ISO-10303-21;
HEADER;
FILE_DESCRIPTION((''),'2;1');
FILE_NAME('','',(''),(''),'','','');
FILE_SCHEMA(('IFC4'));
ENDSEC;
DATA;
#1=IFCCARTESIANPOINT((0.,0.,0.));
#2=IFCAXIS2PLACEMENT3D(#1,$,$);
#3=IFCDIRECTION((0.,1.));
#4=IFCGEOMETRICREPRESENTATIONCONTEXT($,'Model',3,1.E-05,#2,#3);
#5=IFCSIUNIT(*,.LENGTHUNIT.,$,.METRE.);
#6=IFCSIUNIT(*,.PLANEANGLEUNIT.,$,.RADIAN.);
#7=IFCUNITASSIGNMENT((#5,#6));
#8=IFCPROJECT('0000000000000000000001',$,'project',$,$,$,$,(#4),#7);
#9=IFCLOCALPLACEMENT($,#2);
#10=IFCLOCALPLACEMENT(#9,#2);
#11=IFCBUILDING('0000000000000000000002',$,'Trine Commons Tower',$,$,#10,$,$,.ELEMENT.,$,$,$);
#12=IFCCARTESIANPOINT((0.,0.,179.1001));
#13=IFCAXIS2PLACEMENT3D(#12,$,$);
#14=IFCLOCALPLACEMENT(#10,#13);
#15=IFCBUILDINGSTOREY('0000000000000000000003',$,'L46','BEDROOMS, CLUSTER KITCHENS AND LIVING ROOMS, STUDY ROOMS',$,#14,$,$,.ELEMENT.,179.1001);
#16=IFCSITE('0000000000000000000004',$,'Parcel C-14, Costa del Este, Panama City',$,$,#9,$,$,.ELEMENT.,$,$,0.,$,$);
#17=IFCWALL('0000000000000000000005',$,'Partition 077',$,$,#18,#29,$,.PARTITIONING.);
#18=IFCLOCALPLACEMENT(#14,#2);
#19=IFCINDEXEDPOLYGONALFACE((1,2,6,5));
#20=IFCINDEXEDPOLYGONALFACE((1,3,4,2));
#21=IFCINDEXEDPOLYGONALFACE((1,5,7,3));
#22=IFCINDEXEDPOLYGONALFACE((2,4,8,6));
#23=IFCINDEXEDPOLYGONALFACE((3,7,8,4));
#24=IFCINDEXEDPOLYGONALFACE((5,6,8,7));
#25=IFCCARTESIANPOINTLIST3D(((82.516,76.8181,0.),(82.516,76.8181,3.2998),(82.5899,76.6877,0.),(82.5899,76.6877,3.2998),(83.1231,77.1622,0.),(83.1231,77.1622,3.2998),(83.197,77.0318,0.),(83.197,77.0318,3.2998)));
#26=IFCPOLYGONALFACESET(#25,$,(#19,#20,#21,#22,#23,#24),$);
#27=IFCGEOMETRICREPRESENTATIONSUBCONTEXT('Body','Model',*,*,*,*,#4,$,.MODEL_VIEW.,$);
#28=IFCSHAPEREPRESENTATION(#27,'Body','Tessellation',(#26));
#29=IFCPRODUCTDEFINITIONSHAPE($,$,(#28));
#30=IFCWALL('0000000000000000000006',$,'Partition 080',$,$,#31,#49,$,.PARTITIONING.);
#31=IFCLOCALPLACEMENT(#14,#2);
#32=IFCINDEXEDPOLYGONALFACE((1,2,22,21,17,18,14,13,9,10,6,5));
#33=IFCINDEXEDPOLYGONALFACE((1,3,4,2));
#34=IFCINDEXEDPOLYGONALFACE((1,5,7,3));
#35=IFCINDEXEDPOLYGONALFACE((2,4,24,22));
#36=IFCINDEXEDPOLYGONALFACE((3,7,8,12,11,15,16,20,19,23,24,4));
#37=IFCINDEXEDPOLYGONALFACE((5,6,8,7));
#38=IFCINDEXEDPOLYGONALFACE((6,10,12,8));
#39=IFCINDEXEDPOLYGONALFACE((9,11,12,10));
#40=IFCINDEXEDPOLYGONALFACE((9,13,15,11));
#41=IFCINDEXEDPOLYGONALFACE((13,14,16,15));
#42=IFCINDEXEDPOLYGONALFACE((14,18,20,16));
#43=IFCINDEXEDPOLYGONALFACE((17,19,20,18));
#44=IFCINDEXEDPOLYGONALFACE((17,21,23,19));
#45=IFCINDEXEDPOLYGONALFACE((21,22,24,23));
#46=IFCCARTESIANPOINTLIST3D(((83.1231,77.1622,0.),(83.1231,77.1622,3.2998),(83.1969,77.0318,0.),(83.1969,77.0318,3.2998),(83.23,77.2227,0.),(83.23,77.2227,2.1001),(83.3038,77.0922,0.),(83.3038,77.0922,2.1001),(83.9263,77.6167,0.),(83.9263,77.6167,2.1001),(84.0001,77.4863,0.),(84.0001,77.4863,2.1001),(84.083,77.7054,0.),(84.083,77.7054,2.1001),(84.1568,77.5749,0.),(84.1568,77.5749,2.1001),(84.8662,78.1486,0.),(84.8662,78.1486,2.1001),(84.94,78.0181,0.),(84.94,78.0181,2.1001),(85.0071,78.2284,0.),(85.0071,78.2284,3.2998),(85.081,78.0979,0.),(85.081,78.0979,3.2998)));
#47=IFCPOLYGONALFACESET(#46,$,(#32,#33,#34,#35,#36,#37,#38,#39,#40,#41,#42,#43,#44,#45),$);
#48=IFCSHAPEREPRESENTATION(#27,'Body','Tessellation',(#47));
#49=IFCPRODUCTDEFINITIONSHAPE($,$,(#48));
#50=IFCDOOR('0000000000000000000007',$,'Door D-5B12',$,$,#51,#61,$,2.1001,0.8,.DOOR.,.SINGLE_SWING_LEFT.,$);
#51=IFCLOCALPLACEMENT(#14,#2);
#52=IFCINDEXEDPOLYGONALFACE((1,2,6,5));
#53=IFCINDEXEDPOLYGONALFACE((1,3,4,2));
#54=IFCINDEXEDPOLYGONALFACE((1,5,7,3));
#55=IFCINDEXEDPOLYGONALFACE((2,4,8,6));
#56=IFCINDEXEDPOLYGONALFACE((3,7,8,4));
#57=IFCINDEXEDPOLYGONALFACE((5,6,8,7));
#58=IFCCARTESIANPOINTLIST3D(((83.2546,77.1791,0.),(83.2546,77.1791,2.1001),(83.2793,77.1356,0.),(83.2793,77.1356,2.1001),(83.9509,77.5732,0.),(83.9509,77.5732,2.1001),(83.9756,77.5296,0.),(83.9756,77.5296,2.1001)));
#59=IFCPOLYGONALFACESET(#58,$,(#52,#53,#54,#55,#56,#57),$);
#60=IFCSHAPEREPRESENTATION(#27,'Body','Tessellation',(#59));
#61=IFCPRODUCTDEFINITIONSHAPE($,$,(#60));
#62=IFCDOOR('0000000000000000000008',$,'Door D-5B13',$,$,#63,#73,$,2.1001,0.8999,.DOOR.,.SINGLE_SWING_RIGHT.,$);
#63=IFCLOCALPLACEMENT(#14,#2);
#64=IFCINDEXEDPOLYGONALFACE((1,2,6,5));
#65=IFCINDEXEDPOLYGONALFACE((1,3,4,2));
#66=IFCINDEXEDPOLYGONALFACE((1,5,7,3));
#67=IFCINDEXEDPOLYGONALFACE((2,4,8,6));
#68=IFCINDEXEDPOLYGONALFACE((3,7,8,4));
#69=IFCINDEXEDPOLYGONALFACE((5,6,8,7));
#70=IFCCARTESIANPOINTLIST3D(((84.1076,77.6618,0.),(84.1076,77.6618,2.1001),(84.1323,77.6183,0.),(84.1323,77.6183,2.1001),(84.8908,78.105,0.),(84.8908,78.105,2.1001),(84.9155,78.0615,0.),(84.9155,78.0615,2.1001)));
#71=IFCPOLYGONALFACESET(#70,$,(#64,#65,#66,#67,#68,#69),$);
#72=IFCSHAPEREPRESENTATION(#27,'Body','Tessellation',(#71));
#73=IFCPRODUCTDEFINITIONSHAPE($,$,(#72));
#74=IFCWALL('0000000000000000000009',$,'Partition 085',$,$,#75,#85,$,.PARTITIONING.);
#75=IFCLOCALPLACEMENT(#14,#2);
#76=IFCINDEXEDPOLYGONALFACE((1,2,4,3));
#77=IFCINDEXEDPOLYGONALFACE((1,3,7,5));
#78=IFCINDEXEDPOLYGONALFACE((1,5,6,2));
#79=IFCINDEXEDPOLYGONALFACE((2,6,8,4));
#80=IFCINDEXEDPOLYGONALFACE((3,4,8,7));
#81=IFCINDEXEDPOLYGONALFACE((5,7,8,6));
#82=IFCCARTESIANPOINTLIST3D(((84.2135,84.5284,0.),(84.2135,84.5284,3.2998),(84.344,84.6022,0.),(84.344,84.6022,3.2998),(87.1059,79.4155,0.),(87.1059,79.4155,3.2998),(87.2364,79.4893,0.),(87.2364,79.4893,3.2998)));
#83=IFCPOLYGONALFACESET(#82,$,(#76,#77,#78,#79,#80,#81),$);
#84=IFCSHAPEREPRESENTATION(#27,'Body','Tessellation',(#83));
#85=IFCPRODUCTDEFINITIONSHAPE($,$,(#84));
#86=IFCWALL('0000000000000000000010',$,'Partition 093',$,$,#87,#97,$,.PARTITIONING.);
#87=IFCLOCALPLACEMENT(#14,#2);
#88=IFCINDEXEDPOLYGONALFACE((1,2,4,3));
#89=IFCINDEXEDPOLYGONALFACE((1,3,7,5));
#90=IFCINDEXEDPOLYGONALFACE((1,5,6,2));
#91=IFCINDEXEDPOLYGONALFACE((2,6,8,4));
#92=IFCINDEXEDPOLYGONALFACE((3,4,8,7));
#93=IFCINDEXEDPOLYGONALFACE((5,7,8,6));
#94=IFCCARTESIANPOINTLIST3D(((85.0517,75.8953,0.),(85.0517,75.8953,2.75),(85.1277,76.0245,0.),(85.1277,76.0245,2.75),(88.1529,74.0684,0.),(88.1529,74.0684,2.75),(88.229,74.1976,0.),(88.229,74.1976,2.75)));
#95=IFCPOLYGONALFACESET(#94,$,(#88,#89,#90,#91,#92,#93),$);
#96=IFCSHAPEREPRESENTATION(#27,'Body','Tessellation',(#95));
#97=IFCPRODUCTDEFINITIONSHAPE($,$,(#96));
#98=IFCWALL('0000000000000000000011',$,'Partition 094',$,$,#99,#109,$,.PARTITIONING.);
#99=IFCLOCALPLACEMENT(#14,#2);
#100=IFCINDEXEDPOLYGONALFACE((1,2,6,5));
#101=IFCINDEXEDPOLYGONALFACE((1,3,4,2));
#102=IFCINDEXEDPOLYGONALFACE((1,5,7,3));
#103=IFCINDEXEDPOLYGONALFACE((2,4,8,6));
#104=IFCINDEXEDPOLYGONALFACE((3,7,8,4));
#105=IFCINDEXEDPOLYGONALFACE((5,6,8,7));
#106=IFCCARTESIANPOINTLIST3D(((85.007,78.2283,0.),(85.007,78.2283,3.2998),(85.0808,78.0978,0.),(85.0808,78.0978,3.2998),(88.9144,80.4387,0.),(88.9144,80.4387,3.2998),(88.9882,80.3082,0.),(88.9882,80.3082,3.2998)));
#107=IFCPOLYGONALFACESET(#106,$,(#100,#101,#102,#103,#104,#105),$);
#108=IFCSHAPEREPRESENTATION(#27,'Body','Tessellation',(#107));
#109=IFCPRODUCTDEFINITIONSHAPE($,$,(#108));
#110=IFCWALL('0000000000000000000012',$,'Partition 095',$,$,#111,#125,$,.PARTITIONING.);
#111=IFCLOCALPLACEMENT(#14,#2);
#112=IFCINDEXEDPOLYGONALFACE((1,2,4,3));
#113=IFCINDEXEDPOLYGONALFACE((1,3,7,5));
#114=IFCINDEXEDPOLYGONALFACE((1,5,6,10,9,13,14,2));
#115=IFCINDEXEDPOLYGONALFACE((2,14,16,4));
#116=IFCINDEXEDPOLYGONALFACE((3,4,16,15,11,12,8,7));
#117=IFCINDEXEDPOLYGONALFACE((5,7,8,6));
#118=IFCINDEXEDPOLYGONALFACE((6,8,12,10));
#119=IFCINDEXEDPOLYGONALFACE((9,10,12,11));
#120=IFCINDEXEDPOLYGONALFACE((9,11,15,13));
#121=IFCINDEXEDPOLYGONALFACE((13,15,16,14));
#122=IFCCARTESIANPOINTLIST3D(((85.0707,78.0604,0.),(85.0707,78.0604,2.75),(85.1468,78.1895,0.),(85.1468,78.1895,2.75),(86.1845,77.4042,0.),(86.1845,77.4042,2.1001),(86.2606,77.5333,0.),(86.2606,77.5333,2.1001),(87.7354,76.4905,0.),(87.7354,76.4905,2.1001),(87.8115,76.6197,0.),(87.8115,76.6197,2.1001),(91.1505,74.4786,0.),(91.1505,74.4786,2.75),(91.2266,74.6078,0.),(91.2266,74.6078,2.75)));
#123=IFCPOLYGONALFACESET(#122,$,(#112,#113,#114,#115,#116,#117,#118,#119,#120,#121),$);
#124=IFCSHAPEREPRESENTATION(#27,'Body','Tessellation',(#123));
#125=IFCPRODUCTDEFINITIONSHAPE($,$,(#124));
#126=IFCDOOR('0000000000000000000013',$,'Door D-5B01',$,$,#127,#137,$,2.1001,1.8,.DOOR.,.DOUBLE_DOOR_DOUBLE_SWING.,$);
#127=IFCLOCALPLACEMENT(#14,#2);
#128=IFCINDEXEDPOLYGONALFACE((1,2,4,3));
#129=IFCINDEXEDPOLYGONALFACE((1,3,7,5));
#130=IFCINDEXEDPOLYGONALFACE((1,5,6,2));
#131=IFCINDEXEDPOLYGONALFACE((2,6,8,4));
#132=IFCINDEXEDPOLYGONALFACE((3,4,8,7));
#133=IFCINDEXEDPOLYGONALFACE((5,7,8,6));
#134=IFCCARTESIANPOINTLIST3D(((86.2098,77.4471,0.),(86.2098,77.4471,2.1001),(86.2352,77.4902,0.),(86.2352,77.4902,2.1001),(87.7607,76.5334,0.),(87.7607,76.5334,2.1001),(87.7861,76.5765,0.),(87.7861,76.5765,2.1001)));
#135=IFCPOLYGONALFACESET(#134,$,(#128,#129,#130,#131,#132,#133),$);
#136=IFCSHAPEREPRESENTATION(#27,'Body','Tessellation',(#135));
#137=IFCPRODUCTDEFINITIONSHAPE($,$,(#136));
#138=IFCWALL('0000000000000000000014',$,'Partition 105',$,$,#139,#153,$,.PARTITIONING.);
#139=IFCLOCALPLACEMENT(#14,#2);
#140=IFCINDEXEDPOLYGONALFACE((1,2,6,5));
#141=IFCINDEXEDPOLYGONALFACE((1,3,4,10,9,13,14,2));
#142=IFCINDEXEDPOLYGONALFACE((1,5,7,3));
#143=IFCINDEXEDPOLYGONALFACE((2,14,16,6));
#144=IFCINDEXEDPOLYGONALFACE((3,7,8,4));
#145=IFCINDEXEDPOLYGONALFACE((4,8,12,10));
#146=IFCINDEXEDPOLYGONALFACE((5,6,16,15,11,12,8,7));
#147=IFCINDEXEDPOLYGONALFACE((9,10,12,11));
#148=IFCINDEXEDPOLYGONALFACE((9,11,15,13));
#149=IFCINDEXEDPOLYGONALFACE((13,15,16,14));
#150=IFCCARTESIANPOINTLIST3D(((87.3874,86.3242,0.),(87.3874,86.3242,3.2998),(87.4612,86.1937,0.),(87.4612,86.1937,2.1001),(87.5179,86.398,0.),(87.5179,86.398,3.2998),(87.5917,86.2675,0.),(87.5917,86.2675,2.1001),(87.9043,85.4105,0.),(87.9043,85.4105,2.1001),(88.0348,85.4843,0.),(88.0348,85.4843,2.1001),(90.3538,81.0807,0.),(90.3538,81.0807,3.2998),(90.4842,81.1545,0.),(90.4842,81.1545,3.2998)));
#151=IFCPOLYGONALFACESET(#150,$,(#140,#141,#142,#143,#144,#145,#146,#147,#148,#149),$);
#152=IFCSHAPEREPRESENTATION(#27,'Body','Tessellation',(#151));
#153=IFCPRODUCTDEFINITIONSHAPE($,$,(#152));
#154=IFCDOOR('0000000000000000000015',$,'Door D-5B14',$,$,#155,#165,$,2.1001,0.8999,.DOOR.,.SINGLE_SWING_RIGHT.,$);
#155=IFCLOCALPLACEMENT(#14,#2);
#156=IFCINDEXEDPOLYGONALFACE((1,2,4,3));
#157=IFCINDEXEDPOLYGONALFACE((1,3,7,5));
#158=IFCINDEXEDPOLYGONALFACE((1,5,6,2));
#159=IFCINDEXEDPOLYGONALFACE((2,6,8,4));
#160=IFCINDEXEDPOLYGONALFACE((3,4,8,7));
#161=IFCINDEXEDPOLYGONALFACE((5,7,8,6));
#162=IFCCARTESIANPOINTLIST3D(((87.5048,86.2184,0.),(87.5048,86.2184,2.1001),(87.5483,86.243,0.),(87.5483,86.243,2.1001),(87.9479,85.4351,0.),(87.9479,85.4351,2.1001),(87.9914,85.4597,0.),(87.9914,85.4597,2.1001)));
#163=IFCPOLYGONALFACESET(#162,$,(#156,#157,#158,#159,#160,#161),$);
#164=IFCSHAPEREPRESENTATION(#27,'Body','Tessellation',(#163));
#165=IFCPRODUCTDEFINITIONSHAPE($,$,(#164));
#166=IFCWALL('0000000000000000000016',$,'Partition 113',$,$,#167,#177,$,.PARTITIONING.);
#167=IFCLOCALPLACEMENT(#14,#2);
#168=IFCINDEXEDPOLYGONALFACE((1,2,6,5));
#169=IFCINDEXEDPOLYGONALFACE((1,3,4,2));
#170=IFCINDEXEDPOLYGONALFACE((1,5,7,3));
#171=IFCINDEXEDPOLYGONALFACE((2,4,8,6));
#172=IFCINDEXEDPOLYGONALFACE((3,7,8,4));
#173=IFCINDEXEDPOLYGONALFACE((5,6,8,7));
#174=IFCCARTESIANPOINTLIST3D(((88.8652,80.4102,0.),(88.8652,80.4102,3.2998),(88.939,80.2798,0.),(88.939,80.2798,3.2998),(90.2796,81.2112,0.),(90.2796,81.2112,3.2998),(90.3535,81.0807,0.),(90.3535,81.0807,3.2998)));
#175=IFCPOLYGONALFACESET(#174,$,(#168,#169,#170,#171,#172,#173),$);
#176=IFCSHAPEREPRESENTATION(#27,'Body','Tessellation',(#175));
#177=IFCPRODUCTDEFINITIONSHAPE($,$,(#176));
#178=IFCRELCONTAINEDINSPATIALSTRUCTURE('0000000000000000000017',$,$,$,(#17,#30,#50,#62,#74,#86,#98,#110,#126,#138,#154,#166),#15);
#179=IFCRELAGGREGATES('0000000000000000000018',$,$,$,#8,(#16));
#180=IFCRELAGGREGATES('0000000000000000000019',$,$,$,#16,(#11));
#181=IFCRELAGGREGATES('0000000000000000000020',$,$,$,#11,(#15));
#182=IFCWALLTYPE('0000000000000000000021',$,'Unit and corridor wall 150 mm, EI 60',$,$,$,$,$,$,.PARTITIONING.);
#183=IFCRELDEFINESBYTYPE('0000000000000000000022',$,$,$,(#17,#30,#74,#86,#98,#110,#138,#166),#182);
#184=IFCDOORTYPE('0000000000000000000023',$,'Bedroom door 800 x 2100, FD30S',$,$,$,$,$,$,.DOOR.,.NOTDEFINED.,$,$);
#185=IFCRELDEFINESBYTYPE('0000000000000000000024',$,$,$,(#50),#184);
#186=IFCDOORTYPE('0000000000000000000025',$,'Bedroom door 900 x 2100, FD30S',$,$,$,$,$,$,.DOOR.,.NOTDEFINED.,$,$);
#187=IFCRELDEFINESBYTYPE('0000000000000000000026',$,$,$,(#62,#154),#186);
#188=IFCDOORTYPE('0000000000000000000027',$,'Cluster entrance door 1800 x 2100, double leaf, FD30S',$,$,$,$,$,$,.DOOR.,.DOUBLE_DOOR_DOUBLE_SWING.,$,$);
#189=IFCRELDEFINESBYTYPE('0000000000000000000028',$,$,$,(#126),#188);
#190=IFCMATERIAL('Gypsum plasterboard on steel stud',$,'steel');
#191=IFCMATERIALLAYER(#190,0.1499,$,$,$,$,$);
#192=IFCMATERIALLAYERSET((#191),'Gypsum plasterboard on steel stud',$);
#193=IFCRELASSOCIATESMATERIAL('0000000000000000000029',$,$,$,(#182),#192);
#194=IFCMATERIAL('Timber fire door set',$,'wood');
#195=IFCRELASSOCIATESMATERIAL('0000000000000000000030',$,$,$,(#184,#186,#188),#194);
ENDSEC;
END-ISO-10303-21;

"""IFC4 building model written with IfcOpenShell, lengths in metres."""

from ifc_helpers import new_model, si_unit, direction, frame, frame_2d, origin, place, context, subcontext, project, spatial, rectangle, extrude, material, layer, layer_set, type_object, element, fill, save


model = new_model("IFC4")

# Units and contexts
model_context = context("Model", 3, precision=1e-05, world=origin(), true_north=direction((0.0, 1.0)))
body_context = subcontext(model_context, "Body", "Model", "MODEL_VIEW")
ifc_project = project(units=[si_unit("LENGTHUNIT", "METRE"), si_unit("PLANEANGLEUNIT", "RADIAN")], contexts=[model_context])

# Site, building, storey
site_placement = place(None, origin())
site = spatial("IfcSite", under=ifc_project, at=site_placement, Name="Parcel C-14, Costa del Este, Panama City", CompositionType="ELEMENT", RefElevation=0.0)
building_placement = place(site_placement, origin())
building = spatial("IfcBuilding", under=site, at=building_placement, Name="Trine Commons Tower", CompositionType="ELEMENT")
storey_placement = place(building_placement, frame((0.0, 0.0, 179.1001)))
storey = spatial("IfcBuildingStorey", under=building, at=storey_placement, Name="L46", Description="BEDROOMS, CLUSTER KITCHENS AND LIVING ROOMS, STUDY ROOMS", CompositionType="ELEMENT", Elevation=179.1001)

# Wall
ifc_material_1 = material(Name="Gypsum plasterboard on steel stud", Category="steel")
ifc_layer_1 = layer(ifc_material_1, 0.1499)
ifc_layer_set_1 = layer_set([ifc_layer_1], Name="Gypsum plasterboard on steel stud")
wall_type_1 = type_object("IfcWallType", Name="Unit and corridor wall 150 mm, EI 60", PredefinedType="PARTITIONING", material=ifc_layer_set_1)
wall_1_placement = place(storey_placement, frame((82.553, 76.7529, 0.0), z_axis=(0.0, 0.0, 1.0), x_axis=(0.869982, 0.493083, 0.0)))
element("IfcWall", 1, at=wall_1_placement, inside=storey, type_object=wall_type_1, Name="Partition 077", PredefinedType="PARTITIONING", context=body_context, shape_type="SweptSolid", body=[
    extrude(rectangle(XDim=0.6978, YDim=0.1499, at=frame_2d((0.3489, 0.0))), origin(), (0.0, 0.0, 1.0), 3.2998),
])

# Wall, openings, doors
wall_2_placement = place(storey_placement, frame((83.1599, 77.0969, 0.0), z_axis=(0.0, 0.0, 1.0), x_axis=(0.870311, 0.492503, 0.0)))
wall_2 = element("IfcWall", 2, at=wall_2_placement, inside=storey, type_object=wall_type_1, Name="Partition 080", PredefinedType="PARTITIONING", context=body_context, shape_type="SweptSolid", body=[
    extrude(rectangle(XDim=2.1648, YDim=0.1499, at=frame_2d((1.0825, 0.0))), origin(), (0.0, 0.0, 1.0), 3.2998),
])
opening_1_placement = place(wall_2_placement, frame((0.123, 0.0, 0.0)))
opening_1 = element("IfcOpeningElement", 3, at=opening_1_placement, cuts=wall_2, PredefinedType="OPENING", context=body_context, shape_type="SweptSolid", body=[
    extrude(rectangle(XDim=0.8, YDim=2.1001, at=frame_2d((0.3999, 1.05))), frame((0.0, 0.085, 0.0), z_axis=(0.0, -1.0, 0.0), x_axis=(1.0, 0.0, 0.0)), (0.0, 0.0, 1.0), 0.1699),
])
opening_2_placement = place(wall_2_placement, frame((1.103, 0.0, 0.0)))
opening_2 = element("IfcOpeningElement", 4, at=opening_2_placement, cuts=wall_2, PredefinedType="OPENING", context=body_context, shape_type="SweptSolid", body=[
    extrude(rectangle(XDim=0.8999, YDim=2.1001, at=frame_2d((0.45, 1.05))), frame((0.0, 0.085, 0.0), z_axis=(0.0, -1.0, 0.0), x_axis=(1.0, 0.0, 0.0)), (0.0, 0.0, 1.0), 0.1699),
])
ifc_material_2 = material(Name="Timber fire door set", Category="wood")
door_type_1 = type_object("IfcDoorType", Name="Bedroom door 800 x 2100, FD30S", OperationType="NOTDEFINED", PredefinedType="DOOR", material=ifc_material_2)
door_1_placement = place(opening_1_placement, origin())
door_1 = element("IfcDoor", 5, at=door_1_placement, inside=storey, type_object=door_type_1, Name="Door D-5B12", OperationType="SINGLE_SWING_LEFT", OverallHeight=2.1001, OverallWidth=0.8, PredefinedType="DOOR", context=body_context, shape_type="SweptSolid", body=[
    extrude(rectangle(XDim=0.8, YDim=2.1001, at=frame_2d((0.3999, 1.05))), frame((0.0, 0.0249, 0.0), z_axis=(0.0, -1.0, 0.0), x_axis=(1.0, 0.0, 0.0)), (0.0, 0.0, 1.0), 0.05),
])
fill(opening_1, door_1)
door_type_2 = type_object("IfcDoorType", Name="Bedroom door 900 x 2100, FD30S", OperationType="NOTDEFINED", PredefinedType="DOOR", material=ifc_material_2)
door_2_placement = place(opening_2_placement, origin())
door_2 = element("IfcDoor", 6, at=door_2_placement, inside=storey, type_object=door_type_2, Name="Door D-5B13", OperationType="SINGLE_SWING_RIGHT", OverallHeight=2.1001, OverallWidth=0.8999, PredefinedType="DOOR", context=body_context, shape_type="SweptSolid", body=[
    extrude(rectangle(XDim=0.8999, YDim=2.1001, at=frame_2d((0.45, 1.05))), frame((0.0, 0.0249, 0.0), z_axis=(0.0, -1.0, 0.0), x_axis=(1.0, 0.0, 0.0)), (0.0, 0.0, 1.0), 0.05),
])
fill(opening_2, door_2)

# Walls
wall_3_placement = place(storey_placement, frame((84.2788, 84.5652, 0.0), z_axis=(0.0, 0.0, 1.0), x_axis=(0.492379, -0.870381, 0.0)))
element("IfcWall", 7, at=wall_3_placement, inside=storey, type_object=wall_type_1, Name="Partition 085", PredefinedType="PARTITIONING", context=body_context, shape_type="SweptSolid", body=[
    extrude(rectangle(XDim=5.8743, YDim=0.1499, at=frame_2d((2.937, 0.0))), origin(), (0.0, 0.0, 1.0), 3.2998),
])
wall_4_placement = place(storey_placement, frame((85.0896, 75.96, 0.0), z_axis=(0.0, 0.0, 1.0), x_axis=(0.861618, -0.507557, 0.0)))
element("IfcWall", 8, at=wall_4_placement, inside=storey, type_object=wall_type_1, Name="Partition 093", PredefinedType="PARTITIONING", context=body_context, shape_type="SweptSolid", body=[
    extrude(rectangle(XDim=3.5994, YDim=0.1499, at=frame_2d((1.7998, 0.0))), origin(), (0.0, 0.0, 1.0), 2.75),
])
wall_5_placement = place(storey_placement, frame((85.0439, 78.1631, 0.0), z_axis=(0.0, 0.0, 1.0), x_axis=(0.870384, 0.492374, 0.0)))
element("IfcWall", 9, at=wall_5_placement, inside=storey, type_object=wall_type_1, Name="Partition 094", PredefinedType="PARTITIONING", context=body_context, shape_type="SweptSolid", body=[
    extrude(rectangle(XDim=4.4893, YDim=0.1499, at=frame_2d((2.2446, 0.0))), origin(), (0.0, 0.0, 1.0), 3.2998),
])

# Walls, openings, doors
wall_6_placement = place(storey_placement, frame((85.1086, 78.125, 0.0), z_axis=(0.0, 0.0, 1.0), x_axis=(0.861599, -0.50759, 0.0)))
wall_6 = element("IfcWall", 10, at=wall_6_placement, inside=storey, type_object=wall_type_1, Name="Partition 095", PredefinedType="PARTITIONING", context=body_context, shape_type="SweptSolid", body=[
    extrude(rectangle(XDim=7.0564, YDim=0.1499, at=frame_2d((3.5283, 0.0))), origin(), (0.0, 0.0, 1.0), 2.75),
])
opening_3_placement = place(wall_6_placement, frame((1.293, 0.0, 0.0)))
opening_3 = element("IfcOpeningElement", 11, at=opening_3_placement, cuts=wall_6, PredefinedType="OPENING", context=body_context, shape_type="SweptSolid", body=[
    extrude(rectangle(XDim=1.8, YDim=2.1001, at=frame_2d((0.8999, 1.05))), frame((0.0, 0.085, 0.0), z_axis=(0.0, -1.0, 0.0), x_axis=(1.0, 0.0, 0.0)), (0.0, 0.0, 1.0), 0.1699),
])
door_type_3 = type_object("IfcDoorType", Name="Cluster entrance door 1800 x 2100, double leaf, FD30S", OperationType="DOUBLE_DOOR_DOUBLE_SWING", PredefinedType="DOOR", material=ifc_material_2)
door_3_placement = place(opening_3_placement, origin())
door_3 = element("IfcDoor", 12, at=door_3_placement, inside=storey, type_object=door_type_3, Name="Door D-5B01", OperationType="DOUBLE_DOOR_DOUBLE_SWING", OverallHeight=2.1001, OverallWidth=1.8, PredefinedType="DOOR", context=body_context, shape_type="SweptSolid", body=[
    extrude(rectangle(XDim=1.8, YDim=2.1001, at=frame_2d((0.8999, 1.05))), frame((0.0, 0.0249, 0.0), z_axis=(0.0, -1.0, 0.0), x_axis=(1.0, 0.0, 0.0)), (0.0, 0.0, 1.0), 0.05),
])
fill(opening_3, door_3)
wall_7_placement = place(storey_placement, frame((87.4526, 86.3611, 0.0), z_axis=(0.0, 0.0, 1.0), x_axis=(0.49239, -0.870375, 0.0)))
wall_7 = element("IfcWall", 13, at=wall_7_placement, inside=storey, type_object=wall_type_1, Name="Partition 105", PredefinedType="PARTITIONING", context=body_context, shape_type="SweptSolid", body=[
    extrude(rectangle(XDim=6.0244, YDim=0.1499, at=frame_2d((3.0122, 0.0))), origin(), (0.0, 0.0, 1.0), 3.2998),
])
opening_4_placement = place(wall_7_placement, frame((0.1499, 0.0, 0.0)))
opening_4 = element("IfcOpeningElement", 14, at=opening_4_placement, cuts=wall_7, PredefinedType="OPENING", context=body_context, shape_type="SweptSolid", body=[
    extrude(rectangle(XDim=0.8999, YDim=2.1001, at=frame_2d((0.45, 1.05))), frame((0.0, 0.085, 0.0), z_axis=(0.0, -1.0, 0.0), x_axis=(1.0, 0.0, 0.0)), (0.0, 0.0, 1.0), 0.1699),
])
door_4_placement = place(opening_4_placement, frame((0.8999, 0.0, 0.0), z_axis=(0.0, 0.0, 1.0), x_axis=(-1.0, 0.0, 0.0)))
door_4 = element("IfcDoor", 15, at=door_4_placement, inside=storey, type_object=door_type_2, Name="Door D-5B14", OperationType="SINGLE_SWING_RIGHT", OverallHeight=2.1001, OverallWidth=0.8999, PredefinedType="DOOR", context=body_context, shape_type="SweptSolid", body=[
    extrude(rectangle(XDim=0.8999, YDim=2.1001, at=frame_2d((0.45, 1.05))), frame((0.0, 0.0249, 0.0), z_axis=(0.0, -1.0, 0.0), x_axis=(1.0, 0.0, 0.0)), (0.0, 0.0, 1.0), 0.05),
])
fill(opening_4, door_4)

# Wall
wall_8_placement = place(storey_placement, frame((88.9021, 80.345, 0.0), z_axis=(0.0, 0.0, 1.0), x_axis=(0.870168, 0.492755, 0.0)))
element("IfcWall", 16, at=wall_8_placement, inside=storey, type_object=wall_type_1, Name="Partition 113", PredefinedType="PARTITIONING", context=body_context, shape_type="SweptSolid", body=[
    extrude(rectangle(XDim=1.6255, YDim=0.1499, at=frame_2d((0.8127, 0.0))), origin(), (0.0, 0.0, 1.0), 3.2998),
])

save(model, "model.ifc")
